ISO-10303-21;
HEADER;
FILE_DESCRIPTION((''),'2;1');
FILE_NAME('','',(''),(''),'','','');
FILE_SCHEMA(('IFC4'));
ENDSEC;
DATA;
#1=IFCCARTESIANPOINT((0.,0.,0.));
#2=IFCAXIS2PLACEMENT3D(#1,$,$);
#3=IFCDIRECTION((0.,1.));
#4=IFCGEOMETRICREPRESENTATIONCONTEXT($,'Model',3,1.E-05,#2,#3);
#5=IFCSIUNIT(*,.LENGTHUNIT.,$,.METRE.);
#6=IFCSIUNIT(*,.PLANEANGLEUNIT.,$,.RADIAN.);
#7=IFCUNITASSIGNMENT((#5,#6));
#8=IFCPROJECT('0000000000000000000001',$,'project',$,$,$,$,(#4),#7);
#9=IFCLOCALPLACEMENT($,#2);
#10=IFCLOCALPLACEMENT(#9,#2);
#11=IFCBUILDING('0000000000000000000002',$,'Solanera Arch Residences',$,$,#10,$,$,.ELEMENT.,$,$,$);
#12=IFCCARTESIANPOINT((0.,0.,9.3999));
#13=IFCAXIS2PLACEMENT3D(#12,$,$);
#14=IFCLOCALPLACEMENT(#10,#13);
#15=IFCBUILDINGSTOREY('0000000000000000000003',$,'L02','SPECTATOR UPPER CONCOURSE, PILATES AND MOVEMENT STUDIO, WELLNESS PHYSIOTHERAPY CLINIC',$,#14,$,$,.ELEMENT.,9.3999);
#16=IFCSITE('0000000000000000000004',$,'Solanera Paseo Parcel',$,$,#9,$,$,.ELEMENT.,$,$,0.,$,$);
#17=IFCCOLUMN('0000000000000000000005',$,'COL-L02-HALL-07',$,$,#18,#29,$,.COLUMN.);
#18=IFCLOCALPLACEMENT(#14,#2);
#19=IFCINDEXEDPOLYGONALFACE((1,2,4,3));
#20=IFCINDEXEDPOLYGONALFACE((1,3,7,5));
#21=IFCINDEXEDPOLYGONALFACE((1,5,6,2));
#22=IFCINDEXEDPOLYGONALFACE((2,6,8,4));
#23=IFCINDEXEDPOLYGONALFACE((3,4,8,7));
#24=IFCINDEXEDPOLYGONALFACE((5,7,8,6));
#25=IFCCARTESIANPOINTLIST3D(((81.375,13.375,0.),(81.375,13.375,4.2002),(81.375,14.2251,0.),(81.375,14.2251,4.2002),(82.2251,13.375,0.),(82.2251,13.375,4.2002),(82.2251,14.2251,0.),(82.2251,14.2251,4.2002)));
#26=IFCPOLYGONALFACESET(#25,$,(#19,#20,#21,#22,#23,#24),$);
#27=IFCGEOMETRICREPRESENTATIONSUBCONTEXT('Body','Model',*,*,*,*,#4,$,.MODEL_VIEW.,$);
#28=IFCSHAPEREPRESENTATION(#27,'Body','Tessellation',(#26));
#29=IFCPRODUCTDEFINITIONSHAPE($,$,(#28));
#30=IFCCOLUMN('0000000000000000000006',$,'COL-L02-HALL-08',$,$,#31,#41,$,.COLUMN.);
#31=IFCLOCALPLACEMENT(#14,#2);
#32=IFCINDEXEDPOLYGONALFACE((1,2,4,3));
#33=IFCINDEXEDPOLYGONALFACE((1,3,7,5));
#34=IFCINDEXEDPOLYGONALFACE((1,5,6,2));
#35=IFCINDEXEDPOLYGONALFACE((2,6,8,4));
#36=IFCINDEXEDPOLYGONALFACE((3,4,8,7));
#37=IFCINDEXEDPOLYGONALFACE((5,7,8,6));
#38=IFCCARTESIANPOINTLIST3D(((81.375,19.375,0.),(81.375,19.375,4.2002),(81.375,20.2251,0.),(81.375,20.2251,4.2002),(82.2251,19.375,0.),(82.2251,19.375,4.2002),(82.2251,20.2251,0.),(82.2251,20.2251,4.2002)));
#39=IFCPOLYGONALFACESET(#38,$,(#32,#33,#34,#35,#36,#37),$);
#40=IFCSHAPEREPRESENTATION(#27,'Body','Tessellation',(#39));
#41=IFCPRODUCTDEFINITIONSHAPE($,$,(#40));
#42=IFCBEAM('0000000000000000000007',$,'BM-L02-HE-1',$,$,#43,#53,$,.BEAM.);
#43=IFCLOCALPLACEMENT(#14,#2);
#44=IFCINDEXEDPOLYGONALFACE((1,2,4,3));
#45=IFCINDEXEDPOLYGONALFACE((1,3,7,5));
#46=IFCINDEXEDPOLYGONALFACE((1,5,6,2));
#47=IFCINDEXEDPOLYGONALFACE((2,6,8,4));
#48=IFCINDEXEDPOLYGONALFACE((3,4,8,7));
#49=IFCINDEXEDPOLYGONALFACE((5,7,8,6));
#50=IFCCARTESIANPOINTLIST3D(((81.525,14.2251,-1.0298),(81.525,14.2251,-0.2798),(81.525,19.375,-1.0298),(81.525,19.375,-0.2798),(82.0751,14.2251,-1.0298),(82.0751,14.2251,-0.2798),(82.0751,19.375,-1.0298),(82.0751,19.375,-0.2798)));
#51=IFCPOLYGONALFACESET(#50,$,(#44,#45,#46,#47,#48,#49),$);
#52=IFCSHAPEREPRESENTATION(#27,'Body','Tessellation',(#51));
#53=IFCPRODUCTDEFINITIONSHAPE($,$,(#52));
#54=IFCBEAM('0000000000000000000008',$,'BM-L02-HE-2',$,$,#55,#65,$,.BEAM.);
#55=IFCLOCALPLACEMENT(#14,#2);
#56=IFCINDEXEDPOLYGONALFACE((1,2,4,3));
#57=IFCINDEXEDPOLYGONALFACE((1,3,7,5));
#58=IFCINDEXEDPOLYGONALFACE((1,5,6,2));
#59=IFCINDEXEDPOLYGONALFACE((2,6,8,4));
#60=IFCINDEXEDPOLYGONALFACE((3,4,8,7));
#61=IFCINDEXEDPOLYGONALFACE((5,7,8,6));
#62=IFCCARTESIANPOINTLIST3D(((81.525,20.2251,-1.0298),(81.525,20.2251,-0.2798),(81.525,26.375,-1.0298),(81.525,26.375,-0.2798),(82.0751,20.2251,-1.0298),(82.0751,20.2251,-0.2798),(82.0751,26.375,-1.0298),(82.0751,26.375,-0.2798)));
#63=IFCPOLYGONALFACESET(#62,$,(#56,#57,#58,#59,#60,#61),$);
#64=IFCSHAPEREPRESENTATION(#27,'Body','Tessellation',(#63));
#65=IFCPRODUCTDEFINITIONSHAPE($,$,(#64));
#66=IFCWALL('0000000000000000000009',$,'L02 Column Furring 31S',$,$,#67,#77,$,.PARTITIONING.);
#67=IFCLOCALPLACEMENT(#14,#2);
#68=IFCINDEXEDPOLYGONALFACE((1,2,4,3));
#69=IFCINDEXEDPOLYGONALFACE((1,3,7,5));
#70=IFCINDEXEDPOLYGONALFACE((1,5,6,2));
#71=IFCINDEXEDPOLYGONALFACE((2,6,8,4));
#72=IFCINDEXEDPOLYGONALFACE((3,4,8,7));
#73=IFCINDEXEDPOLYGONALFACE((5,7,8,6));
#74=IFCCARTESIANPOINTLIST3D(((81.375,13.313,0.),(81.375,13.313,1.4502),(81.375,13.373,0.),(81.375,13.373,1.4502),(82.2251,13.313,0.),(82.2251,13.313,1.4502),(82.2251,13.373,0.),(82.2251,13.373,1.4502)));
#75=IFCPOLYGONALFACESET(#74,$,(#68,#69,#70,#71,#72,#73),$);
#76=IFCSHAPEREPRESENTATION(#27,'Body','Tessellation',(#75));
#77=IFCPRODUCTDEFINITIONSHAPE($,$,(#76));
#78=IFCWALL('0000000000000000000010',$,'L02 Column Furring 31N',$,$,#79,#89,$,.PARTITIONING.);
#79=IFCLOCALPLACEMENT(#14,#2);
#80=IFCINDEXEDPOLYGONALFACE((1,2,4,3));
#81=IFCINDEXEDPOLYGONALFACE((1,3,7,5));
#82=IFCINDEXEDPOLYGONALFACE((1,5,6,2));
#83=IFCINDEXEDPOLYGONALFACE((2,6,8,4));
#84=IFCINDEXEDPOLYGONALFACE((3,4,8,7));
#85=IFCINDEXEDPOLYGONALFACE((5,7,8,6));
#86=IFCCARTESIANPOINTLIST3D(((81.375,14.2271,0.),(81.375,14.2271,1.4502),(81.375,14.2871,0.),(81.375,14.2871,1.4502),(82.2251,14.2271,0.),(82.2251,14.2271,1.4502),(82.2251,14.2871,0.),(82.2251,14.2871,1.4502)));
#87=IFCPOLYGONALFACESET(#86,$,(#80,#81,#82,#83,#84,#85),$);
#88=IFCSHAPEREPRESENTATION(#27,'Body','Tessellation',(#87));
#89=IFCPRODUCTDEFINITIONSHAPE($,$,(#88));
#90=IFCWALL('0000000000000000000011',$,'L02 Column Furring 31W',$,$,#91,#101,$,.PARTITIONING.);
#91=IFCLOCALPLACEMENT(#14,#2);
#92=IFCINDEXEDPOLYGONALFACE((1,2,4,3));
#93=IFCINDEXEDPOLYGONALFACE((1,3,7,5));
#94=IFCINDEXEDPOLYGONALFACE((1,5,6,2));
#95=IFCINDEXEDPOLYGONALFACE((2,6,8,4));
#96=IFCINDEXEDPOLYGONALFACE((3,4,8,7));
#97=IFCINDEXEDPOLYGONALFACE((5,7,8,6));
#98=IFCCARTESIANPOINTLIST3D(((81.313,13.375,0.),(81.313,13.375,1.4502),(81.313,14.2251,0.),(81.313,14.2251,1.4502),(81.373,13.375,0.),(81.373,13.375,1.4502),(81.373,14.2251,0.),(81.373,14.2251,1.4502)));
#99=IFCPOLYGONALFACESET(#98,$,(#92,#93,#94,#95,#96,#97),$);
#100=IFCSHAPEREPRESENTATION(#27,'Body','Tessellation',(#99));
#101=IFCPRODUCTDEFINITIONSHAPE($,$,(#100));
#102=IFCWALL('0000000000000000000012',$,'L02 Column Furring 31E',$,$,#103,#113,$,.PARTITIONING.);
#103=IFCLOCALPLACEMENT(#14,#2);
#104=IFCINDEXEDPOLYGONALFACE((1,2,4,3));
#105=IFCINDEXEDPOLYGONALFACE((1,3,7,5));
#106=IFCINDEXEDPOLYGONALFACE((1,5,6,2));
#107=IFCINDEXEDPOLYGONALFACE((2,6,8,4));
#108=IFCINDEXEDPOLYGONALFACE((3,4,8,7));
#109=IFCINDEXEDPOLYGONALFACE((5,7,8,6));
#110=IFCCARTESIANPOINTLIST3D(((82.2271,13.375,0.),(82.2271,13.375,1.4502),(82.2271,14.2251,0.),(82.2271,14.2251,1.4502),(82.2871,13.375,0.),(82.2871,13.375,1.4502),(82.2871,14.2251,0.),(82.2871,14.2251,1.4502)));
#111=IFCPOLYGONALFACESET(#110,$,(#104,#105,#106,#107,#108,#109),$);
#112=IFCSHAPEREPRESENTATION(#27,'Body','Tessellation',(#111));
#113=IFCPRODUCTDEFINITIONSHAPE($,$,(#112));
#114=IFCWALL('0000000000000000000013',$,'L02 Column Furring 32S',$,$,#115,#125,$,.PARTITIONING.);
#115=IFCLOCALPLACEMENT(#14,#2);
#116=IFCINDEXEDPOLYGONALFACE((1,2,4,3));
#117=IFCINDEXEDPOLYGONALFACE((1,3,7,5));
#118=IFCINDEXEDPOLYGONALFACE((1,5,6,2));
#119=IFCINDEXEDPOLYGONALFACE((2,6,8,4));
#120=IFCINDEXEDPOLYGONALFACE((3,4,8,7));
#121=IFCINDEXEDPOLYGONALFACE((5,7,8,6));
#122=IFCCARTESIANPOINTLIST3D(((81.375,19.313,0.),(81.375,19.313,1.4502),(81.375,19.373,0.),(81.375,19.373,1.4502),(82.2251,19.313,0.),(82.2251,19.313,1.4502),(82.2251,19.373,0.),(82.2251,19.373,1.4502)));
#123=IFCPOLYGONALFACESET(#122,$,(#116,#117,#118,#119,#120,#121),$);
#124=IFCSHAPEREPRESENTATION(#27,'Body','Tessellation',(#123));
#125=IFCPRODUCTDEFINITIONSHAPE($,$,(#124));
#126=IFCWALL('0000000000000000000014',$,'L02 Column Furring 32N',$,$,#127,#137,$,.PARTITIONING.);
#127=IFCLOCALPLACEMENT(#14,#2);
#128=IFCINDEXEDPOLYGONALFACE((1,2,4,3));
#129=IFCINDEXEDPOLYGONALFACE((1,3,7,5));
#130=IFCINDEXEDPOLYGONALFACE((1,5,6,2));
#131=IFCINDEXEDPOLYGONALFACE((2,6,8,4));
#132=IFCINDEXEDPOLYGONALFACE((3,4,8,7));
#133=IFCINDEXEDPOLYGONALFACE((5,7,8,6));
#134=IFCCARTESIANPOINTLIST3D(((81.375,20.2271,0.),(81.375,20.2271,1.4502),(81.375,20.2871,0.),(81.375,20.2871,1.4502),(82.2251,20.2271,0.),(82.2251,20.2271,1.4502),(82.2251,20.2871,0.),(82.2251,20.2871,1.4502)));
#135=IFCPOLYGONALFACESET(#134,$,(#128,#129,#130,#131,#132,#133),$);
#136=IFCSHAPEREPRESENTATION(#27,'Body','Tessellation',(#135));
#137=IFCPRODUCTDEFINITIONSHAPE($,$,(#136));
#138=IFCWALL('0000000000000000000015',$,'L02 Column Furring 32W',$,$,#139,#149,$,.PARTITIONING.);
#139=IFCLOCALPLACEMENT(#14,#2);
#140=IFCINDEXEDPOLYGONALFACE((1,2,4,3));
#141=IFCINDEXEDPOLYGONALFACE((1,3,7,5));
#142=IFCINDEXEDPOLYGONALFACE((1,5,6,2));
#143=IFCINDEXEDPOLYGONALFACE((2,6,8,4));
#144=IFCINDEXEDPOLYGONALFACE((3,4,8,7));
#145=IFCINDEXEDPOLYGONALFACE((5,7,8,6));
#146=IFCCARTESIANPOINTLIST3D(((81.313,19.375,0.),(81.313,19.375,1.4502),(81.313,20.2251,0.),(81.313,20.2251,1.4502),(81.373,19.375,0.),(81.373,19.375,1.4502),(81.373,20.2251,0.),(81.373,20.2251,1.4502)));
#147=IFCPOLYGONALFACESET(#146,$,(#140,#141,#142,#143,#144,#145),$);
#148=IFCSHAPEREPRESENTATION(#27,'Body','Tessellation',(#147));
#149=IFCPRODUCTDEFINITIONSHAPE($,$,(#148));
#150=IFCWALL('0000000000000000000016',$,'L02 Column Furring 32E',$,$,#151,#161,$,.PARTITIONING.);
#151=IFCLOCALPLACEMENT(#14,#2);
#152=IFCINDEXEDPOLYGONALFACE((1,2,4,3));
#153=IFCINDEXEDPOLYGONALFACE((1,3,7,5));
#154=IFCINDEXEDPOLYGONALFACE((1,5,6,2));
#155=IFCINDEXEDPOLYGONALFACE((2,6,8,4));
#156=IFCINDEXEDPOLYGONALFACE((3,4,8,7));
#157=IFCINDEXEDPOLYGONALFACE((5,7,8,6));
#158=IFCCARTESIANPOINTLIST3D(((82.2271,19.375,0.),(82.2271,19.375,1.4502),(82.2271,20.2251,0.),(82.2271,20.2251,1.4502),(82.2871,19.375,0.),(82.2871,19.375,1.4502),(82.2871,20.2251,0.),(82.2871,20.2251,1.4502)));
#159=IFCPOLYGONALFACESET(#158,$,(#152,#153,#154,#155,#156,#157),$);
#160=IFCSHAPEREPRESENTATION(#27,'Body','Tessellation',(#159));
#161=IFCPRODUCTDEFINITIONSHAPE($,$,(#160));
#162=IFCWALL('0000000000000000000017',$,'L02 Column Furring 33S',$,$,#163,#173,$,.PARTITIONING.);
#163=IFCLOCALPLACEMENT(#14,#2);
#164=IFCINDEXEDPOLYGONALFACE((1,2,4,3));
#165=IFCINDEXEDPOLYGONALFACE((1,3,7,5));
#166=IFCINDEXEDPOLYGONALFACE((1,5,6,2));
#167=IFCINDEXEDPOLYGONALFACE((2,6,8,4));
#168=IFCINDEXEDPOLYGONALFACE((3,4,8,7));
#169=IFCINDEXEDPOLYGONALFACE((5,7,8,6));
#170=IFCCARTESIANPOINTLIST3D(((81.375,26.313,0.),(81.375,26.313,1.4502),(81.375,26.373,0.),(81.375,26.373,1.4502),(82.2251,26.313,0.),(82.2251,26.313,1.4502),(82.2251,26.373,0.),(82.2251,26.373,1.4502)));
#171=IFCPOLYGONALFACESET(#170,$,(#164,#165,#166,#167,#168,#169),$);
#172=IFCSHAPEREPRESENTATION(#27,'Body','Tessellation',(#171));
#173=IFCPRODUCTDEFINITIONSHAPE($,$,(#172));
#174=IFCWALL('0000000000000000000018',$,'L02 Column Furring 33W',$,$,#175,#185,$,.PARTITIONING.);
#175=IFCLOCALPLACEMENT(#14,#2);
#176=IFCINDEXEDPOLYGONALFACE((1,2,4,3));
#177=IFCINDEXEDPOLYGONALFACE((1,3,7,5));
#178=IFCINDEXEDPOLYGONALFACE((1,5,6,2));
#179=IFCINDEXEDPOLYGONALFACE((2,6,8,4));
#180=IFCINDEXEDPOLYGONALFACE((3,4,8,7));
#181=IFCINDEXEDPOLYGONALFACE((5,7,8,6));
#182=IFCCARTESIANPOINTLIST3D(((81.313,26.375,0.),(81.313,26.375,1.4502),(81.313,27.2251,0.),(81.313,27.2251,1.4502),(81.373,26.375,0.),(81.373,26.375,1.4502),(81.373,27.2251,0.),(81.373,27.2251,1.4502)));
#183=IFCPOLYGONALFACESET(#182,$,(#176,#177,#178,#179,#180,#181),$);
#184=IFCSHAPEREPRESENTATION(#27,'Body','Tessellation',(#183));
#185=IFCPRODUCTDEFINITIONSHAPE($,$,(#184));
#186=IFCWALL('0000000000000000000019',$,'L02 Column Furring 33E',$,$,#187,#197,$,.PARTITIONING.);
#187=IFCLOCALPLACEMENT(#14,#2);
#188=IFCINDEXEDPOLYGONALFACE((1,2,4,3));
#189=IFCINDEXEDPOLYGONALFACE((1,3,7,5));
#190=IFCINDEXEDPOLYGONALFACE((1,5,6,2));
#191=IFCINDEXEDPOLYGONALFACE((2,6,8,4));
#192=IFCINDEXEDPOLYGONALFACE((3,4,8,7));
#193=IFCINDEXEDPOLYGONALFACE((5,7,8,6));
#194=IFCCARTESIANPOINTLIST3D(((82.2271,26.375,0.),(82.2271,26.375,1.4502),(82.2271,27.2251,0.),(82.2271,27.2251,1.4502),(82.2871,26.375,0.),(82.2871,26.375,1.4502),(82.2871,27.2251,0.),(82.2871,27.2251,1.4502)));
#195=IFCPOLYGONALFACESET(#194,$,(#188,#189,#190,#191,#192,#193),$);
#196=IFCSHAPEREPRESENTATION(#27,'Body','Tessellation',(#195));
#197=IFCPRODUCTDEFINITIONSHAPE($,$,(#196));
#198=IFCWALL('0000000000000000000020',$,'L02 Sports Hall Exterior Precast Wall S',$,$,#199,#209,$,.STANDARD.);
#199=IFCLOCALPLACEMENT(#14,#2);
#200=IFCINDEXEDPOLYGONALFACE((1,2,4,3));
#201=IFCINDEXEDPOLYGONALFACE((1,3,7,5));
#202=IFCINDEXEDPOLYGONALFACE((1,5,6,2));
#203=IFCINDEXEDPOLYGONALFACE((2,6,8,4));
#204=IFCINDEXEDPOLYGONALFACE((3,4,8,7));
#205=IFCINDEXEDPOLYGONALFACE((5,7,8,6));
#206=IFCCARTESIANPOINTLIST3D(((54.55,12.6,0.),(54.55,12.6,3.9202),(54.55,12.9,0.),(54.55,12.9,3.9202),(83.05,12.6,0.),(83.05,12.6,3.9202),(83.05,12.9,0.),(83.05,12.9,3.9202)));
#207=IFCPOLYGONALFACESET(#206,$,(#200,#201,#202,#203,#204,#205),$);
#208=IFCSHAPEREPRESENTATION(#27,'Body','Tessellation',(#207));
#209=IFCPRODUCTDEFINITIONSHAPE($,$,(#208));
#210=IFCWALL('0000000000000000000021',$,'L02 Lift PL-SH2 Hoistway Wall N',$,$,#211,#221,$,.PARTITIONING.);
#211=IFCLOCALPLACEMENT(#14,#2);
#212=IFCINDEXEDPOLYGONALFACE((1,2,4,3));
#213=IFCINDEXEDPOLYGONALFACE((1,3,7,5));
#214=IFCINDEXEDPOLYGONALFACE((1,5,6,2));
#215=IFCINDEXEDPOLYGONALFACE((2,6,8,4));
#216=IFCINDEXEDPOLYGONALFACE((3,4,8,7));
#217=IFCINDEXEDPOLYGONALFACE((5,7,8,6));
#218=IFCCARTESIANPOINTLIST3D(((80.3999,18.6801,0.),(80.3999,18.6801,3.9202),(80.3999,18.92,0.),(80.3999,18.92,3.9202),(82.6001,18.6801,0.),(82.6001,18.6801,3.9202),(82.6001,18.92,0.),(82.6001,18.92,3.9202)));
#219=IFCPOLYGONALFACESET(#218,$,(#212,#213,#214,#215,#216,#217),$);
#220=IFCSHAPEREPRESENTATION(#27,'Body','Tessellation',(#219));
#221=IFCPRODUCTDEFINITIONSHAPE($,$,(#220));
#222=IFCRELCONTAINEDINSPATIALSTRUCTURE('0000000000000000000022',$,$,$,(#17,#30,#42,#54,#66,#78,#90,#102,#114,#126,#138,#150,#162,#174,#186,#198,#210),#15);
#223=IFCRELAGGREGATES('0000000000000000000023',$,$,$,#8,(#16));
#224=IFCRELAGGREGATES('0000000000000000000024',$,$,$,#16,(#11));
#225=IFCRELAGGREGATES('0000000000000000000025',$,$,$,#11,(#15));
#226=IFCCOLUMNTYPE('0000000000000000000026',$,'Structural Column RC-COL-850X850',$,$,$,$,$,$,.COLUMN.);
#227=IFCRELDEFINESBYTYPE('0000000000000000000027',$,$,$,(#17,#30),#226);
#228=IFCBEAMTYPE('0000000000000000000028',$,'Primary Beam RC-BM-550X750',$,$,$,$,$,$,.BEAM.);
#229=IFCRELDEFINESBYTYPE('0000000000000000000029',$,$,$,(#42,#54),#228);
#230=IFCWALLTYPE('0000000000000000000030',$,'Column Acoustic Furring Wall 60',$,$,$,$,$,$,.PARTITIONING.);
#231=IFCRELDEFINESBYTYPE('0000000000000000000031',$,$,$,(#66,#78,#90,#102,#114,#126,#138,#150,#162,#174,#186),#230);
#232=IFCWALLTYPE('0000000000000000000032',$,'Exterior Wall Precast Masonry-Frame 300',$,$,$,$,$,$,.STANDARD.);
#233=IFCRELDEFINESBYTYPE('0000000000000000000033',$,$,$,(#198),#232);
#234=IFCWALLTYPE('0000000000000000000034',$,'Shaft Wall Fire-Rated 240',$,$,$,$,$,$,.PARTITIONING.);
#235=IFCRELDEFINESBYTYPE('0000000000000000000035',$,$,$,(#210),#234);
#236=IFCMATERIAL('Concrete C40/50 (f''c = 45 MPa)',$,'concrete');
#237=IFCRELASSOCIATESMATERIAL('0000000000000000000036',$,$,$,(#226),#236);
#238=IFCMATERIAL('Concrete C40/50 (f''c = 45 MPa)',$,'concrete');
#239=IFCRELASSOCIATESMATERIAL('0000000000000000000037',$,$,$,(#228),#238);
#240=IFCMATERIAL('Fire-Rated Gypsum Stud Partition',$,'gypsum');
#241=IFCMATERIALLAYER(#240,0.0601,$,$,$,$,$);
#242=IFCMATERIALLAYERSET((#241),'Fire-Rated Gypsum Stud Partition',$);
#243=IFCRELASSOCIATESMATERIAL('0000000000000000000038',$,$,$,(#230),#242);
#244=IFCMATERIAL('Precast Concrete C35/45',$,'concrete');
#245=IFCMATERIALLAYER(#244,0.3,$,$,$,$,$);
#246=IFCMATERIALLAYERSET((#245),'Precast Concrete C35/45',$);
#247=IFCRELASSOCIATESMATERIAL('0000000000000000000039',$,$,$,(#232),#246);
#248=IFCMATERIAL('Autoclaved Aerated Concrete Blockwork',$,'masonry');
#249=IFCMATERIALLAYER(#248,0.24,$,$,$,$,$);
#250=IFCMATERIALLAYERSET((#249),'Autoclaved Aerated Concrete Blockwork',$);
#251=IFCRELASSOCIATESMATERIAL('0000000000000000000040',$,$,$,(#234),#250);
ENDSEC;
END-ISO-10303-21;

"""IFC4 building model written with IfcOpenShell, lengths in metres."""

from ifc_helpers import new_model, si_unit, direction, frame, frame_2d, origin, origin_2d, place, context, subcontext, project, spatial, rectangle, extrude, material, layer, layer_set, material_profile, profile_set, type_object, element, save


model = new_model("IFC4")

# Units and contexts
model_context = context("Model", 3, precision=1e-05, world=origin(), true_north=direction((0.0, 1.0)))
body_context = subcontext(model_context, "Body", "Model", "MODEL_VIEW")
ifc_project = project(units=[si_unit("LENGTHUNIT", "METRE"), si_unit("PLANEANGLEUNIT", "RADIAN")], contexts=[model_context])

# Site, building, storey
site_placement = place(None, origin())
site = spatial("IfcSite", under=ifc_project, at=site_placement, Name="Solanera Paseo Parcel", CompositionType="ELEMENT", RefElevation=0.0)
building_placement = place(site_placement, origin())
building = spatial("IfcBuilding", under=site, at=building_placement, Name="Solanera Arch Residences", CompositionType="ELEMENT")
storey_placement = place(building_placement, frame((0.0, 0.0, 9.3999)))
storey = spatial("IfcBuildingStorey", under=building, at=storey_placement, Name="L02", Description="SPECTATOR UPPER CONCOURSE, PILATES AND MOVEMENT STUDIO, WELLNESS PHYSIOTHERAPY CLINIC", CompositionType="ELEMENT", Elevation=9.3999)

# Columns
ifc_material_1 = material(Name="Concrete C40/50 (f'c = 45 MPa)", Category="concrete")
ifc_material_profile_1 = material_profile(ifc_material_1, rectangle(XDim=0.8501, YDim=0.8501, at=origin_2d()))
ifc_profile_set_1 = profile_set([ifc_material_profile_1], Name="Concrete C40/50 (f'c = 45 MPa)")
column_type = type_object("IfcColumnType", Name="Structural Column RC-COL-850X850", PredefinedType="COLUMN", material=ifc_profile_set_1)
for number, where, z_axis, x_axis, name in (
    (1, (81.8, 13.8, 0.0), (0.0, 0.0, 1.0), (1.0, 0.0, 0.0), "COL-L02-HALL-07"),
    (2, (81.8, 19.8, 0.0), (0.0, 0.0, 1.0), (1.0, 0.0, 0.0), "COL-L02-HALL-08"),
):
    element("IfcColumn", number, at=place(storey_placement, frame(where, z_axis=z_axis, x_axis=x_axis)), inside=storey, type_object=column_type, Name=name, PredefinedType="COLUMN", context=body_context, shape_type="SweptSolid", body=[
        extrude(rectangle(XDim=0.8501, YDim=0.8501, at=origin_2d()), origin(), (0.0, 0.0, 1.0), 4.2002),
    ])

# Beams
ifc_material_2 = material(Name="Concrete C40/50 (f'c = 45 MPa)", Category="concrete")
ifc_material_profile_2 = material_profile(ifc_material_2, rectangle(XDim=0.55, YDim=0.75, at=origin_2d()))
ifc_profile_set_2 = profile_set([ifc_material_profile_2], Name="Concrete C40/50 (f'c = 45 MPa)")
beam_type = type_object("IfcBeamType", Name="Primary Beam RC-BM-550X750", PredefinedType="BEAM", material=ifc_profile_set_2)
beam_1_placement = place(storey_placement, frame((81.8, 14.2251, -0.6548), z_axis=(0.0, 1.0, 0.0), x_axis=(-1.0, 0.0, 0.0)))
element("IfcBeam", 3, at=beam_1_placement, inside=storey, type_object=beam_type, Name="BM-L02-HE-1", PredefinedType="BEAM", context=body_context, shape_type="SweptSolid", body=[
    extrude(rectangle(XDim=0.55, YDim=0.75, at=origin_2d()), origin(), (0.0, 0.0, 1.0), 5.1499),
])
beam_2_placement = place(storey_placement, frame((81.8, 20.2251, -0.6548), z_axis=(0.0, 1.0, 0.0), x_axis=(-1.0, 0.0, 0.0)))
element("IfcBeam", 4, at=beam_2_placement, inside=storey, type_object=beam_type, Name="BM-L02-HE-2", PredefinedType="BEAM", context=body_context, shape_type="SweptSolid", body=[
    extrude(rectangle(XDim=0.55, YDim=0.75, at=origin_2d()), origin(), (0.0, 0.0, 1.0), 6.1499),
])

# Walls
ifc_material_3 = material(Name="Fire-Rated Gypsum Stud Partition", Category="gypsum")
ifc_layer_1 = layer(ifc_material_3, 0.0601)
ifc_layer_set_1 = layer_set([ifc_layer_1], Name="Fire-Rated Gypsum Stud Partition")
wall_type_1 = type_object("IfcWallType", Name="Column Acoustic Furring Wall 60", PredefinedType="PARTITIONING", material=ifc_layer_set_1)
for number, where, z_axis, x_axis, name in (
    (5, (81.375, 13.343, 0.0), (0.0, 0.0, 1.0), (1.0, 0.0, 0.0), "L02 Column Furring 31S"),
    (6, (81.375, 14.2571, 0.0), (0.0, 0.0, 1.0), (1.0, 0.0, 0.0), "L02 Column Furring 31N"),
    (7, (81.343, 13.375, 0.0), (0.0, 0.0, 1.0), (0.0, 1.0, 0.0), "L02 Column Furring 31W"),
    (8, (82.2571, 13.375, 0.0), (0.0, 0.0, 1.0), (0.0, 1.0, 0.0), "L02 Column Furring 31E"),
    (9, (81.375, 19.343, 0.0), (0.0, 0.0, 1.0), (1.0, 0.0, 0.0), "L02 Column Furring 32S"),
    (10, (81.375, 20.2571, 0.0), (0.0, 0.0, 1.0), (1.0, 0.0, 0.0), "L02 Column Furring 32N"),
    (11, (81.343, 19.375, 0.0), (0.0, 0.0, 1.0), (0.0, 1.0, 0.0), "L02 Column Furring 32W"),
    (12, (82.2571, 19.375, 0.0), (0.0, 0.0, 1.0), (0.0, 1.0, 0.0), "L02 Column Furring 32E"),
    (13, (81.375, 26.343, 0.0), (0.0, 0.0, 1.0), (1.0, 0.0, 0.0), "L02 Column Furring 33S"),
    (14, (81.343, 26.375, 0.0), (0.0, 0.0, 1.0), (0.0, 1.0, 0.0), "L02 Column Furring 33W"),
    (15, (82.2571, 26.375, 0.0), (0.0, 0.0, 1.0), (0.0, 1.0, 0.0), "L02 Column Furring 33E"),
):
    element("IfcWall", number, at=place(storey_placement, frame(where, z_axis=z_axis, x_axis=x_axis)), inside=storey, type_object=wall_type_1, Name=name, PredefinedType="PARTITIONING", context=body_context, shape_type="SweptSolid", body=[
        extrude(rectangle(XDim=0.8501, YDim=0.0601, at=frame_2d((0.425, 0.0))), origin(), (0.0, 0.0, 1.0), 1.4502),
    ])
ifc_material_4 = material(Name="Precast Concrete C35/45", Category="concrete")
ifc_layer_2 = layer(ifc_material_4, 0.3)
ifc_layer_set_2 = layer_set([ifc_layer_2], Name="Precast Concrete C35/45")
wall_type_2 = type_object("IfcWallType", Name="Exterior Wall Precast Masonry-Frame 300", PredefinedType="STANDARD", material=ifc_layer_set_2)
wall_1_placement = place(storey_placement, frame((83.05, 12.75, 0.0), z_axis=(0.0, 0.0, 1.0), x_axis=(-1.0, 0.0, 0.0)))
element("IfcWall", 16, at=wall_1_placement, inside=storey, type_object=wall_type_2, Name="L02 Sports Hall Exterior Precast Wall S", PredefinedType="STANDARD", context=body_context, shape_type="SweptSolid", body=[
    extrude(rectangle(XDim=28.5, YDim=0.3, at=frame_2d((14.25, 0.0))), origin(), (0.0, 0.0, 1.0), 3.9202),
])
ifc_material_5 = material(Name="Autoclaved Aerated Concrete Blockwork", Category="masonry")
ifc_layer_3 = layer(ifc_material_5, 0.24)
ifc_layer_set_3 = layer_set([ifc_layer_3], Name="Autoclaved Aerated Concrete Blockwork")
wall_type_3 = type_object("IfcWallType", Name="Shaft Wall Fire-Rated 240", PredefinedType="PARTITIONING", material=ifc_layer_set_3)
wall_2_placement = place(storey_placement, frame((80.3999, 18.8, 0.0), z_axis=(0.0, 0.0, 1.0), x_axis=(1.0, 0.0, 0.0)))
element("IfcWall", 17, at=wall_2_placement, inside=storey, type_object=wall_type_3, Name="L02 Lift PL-SH2 Hoistway Wall N", PredefinedType="PARTITIONING", context=body_context, shape_type="SweptSolid", body=[
    extrude(rectangle(XDim=2.2002, YDim=0.24, at=frame_2d((1.1001, 0.0))), origin(), (0.0, 0.0, 1.0), 3.9202),
])

save(model, "model.ifc")
